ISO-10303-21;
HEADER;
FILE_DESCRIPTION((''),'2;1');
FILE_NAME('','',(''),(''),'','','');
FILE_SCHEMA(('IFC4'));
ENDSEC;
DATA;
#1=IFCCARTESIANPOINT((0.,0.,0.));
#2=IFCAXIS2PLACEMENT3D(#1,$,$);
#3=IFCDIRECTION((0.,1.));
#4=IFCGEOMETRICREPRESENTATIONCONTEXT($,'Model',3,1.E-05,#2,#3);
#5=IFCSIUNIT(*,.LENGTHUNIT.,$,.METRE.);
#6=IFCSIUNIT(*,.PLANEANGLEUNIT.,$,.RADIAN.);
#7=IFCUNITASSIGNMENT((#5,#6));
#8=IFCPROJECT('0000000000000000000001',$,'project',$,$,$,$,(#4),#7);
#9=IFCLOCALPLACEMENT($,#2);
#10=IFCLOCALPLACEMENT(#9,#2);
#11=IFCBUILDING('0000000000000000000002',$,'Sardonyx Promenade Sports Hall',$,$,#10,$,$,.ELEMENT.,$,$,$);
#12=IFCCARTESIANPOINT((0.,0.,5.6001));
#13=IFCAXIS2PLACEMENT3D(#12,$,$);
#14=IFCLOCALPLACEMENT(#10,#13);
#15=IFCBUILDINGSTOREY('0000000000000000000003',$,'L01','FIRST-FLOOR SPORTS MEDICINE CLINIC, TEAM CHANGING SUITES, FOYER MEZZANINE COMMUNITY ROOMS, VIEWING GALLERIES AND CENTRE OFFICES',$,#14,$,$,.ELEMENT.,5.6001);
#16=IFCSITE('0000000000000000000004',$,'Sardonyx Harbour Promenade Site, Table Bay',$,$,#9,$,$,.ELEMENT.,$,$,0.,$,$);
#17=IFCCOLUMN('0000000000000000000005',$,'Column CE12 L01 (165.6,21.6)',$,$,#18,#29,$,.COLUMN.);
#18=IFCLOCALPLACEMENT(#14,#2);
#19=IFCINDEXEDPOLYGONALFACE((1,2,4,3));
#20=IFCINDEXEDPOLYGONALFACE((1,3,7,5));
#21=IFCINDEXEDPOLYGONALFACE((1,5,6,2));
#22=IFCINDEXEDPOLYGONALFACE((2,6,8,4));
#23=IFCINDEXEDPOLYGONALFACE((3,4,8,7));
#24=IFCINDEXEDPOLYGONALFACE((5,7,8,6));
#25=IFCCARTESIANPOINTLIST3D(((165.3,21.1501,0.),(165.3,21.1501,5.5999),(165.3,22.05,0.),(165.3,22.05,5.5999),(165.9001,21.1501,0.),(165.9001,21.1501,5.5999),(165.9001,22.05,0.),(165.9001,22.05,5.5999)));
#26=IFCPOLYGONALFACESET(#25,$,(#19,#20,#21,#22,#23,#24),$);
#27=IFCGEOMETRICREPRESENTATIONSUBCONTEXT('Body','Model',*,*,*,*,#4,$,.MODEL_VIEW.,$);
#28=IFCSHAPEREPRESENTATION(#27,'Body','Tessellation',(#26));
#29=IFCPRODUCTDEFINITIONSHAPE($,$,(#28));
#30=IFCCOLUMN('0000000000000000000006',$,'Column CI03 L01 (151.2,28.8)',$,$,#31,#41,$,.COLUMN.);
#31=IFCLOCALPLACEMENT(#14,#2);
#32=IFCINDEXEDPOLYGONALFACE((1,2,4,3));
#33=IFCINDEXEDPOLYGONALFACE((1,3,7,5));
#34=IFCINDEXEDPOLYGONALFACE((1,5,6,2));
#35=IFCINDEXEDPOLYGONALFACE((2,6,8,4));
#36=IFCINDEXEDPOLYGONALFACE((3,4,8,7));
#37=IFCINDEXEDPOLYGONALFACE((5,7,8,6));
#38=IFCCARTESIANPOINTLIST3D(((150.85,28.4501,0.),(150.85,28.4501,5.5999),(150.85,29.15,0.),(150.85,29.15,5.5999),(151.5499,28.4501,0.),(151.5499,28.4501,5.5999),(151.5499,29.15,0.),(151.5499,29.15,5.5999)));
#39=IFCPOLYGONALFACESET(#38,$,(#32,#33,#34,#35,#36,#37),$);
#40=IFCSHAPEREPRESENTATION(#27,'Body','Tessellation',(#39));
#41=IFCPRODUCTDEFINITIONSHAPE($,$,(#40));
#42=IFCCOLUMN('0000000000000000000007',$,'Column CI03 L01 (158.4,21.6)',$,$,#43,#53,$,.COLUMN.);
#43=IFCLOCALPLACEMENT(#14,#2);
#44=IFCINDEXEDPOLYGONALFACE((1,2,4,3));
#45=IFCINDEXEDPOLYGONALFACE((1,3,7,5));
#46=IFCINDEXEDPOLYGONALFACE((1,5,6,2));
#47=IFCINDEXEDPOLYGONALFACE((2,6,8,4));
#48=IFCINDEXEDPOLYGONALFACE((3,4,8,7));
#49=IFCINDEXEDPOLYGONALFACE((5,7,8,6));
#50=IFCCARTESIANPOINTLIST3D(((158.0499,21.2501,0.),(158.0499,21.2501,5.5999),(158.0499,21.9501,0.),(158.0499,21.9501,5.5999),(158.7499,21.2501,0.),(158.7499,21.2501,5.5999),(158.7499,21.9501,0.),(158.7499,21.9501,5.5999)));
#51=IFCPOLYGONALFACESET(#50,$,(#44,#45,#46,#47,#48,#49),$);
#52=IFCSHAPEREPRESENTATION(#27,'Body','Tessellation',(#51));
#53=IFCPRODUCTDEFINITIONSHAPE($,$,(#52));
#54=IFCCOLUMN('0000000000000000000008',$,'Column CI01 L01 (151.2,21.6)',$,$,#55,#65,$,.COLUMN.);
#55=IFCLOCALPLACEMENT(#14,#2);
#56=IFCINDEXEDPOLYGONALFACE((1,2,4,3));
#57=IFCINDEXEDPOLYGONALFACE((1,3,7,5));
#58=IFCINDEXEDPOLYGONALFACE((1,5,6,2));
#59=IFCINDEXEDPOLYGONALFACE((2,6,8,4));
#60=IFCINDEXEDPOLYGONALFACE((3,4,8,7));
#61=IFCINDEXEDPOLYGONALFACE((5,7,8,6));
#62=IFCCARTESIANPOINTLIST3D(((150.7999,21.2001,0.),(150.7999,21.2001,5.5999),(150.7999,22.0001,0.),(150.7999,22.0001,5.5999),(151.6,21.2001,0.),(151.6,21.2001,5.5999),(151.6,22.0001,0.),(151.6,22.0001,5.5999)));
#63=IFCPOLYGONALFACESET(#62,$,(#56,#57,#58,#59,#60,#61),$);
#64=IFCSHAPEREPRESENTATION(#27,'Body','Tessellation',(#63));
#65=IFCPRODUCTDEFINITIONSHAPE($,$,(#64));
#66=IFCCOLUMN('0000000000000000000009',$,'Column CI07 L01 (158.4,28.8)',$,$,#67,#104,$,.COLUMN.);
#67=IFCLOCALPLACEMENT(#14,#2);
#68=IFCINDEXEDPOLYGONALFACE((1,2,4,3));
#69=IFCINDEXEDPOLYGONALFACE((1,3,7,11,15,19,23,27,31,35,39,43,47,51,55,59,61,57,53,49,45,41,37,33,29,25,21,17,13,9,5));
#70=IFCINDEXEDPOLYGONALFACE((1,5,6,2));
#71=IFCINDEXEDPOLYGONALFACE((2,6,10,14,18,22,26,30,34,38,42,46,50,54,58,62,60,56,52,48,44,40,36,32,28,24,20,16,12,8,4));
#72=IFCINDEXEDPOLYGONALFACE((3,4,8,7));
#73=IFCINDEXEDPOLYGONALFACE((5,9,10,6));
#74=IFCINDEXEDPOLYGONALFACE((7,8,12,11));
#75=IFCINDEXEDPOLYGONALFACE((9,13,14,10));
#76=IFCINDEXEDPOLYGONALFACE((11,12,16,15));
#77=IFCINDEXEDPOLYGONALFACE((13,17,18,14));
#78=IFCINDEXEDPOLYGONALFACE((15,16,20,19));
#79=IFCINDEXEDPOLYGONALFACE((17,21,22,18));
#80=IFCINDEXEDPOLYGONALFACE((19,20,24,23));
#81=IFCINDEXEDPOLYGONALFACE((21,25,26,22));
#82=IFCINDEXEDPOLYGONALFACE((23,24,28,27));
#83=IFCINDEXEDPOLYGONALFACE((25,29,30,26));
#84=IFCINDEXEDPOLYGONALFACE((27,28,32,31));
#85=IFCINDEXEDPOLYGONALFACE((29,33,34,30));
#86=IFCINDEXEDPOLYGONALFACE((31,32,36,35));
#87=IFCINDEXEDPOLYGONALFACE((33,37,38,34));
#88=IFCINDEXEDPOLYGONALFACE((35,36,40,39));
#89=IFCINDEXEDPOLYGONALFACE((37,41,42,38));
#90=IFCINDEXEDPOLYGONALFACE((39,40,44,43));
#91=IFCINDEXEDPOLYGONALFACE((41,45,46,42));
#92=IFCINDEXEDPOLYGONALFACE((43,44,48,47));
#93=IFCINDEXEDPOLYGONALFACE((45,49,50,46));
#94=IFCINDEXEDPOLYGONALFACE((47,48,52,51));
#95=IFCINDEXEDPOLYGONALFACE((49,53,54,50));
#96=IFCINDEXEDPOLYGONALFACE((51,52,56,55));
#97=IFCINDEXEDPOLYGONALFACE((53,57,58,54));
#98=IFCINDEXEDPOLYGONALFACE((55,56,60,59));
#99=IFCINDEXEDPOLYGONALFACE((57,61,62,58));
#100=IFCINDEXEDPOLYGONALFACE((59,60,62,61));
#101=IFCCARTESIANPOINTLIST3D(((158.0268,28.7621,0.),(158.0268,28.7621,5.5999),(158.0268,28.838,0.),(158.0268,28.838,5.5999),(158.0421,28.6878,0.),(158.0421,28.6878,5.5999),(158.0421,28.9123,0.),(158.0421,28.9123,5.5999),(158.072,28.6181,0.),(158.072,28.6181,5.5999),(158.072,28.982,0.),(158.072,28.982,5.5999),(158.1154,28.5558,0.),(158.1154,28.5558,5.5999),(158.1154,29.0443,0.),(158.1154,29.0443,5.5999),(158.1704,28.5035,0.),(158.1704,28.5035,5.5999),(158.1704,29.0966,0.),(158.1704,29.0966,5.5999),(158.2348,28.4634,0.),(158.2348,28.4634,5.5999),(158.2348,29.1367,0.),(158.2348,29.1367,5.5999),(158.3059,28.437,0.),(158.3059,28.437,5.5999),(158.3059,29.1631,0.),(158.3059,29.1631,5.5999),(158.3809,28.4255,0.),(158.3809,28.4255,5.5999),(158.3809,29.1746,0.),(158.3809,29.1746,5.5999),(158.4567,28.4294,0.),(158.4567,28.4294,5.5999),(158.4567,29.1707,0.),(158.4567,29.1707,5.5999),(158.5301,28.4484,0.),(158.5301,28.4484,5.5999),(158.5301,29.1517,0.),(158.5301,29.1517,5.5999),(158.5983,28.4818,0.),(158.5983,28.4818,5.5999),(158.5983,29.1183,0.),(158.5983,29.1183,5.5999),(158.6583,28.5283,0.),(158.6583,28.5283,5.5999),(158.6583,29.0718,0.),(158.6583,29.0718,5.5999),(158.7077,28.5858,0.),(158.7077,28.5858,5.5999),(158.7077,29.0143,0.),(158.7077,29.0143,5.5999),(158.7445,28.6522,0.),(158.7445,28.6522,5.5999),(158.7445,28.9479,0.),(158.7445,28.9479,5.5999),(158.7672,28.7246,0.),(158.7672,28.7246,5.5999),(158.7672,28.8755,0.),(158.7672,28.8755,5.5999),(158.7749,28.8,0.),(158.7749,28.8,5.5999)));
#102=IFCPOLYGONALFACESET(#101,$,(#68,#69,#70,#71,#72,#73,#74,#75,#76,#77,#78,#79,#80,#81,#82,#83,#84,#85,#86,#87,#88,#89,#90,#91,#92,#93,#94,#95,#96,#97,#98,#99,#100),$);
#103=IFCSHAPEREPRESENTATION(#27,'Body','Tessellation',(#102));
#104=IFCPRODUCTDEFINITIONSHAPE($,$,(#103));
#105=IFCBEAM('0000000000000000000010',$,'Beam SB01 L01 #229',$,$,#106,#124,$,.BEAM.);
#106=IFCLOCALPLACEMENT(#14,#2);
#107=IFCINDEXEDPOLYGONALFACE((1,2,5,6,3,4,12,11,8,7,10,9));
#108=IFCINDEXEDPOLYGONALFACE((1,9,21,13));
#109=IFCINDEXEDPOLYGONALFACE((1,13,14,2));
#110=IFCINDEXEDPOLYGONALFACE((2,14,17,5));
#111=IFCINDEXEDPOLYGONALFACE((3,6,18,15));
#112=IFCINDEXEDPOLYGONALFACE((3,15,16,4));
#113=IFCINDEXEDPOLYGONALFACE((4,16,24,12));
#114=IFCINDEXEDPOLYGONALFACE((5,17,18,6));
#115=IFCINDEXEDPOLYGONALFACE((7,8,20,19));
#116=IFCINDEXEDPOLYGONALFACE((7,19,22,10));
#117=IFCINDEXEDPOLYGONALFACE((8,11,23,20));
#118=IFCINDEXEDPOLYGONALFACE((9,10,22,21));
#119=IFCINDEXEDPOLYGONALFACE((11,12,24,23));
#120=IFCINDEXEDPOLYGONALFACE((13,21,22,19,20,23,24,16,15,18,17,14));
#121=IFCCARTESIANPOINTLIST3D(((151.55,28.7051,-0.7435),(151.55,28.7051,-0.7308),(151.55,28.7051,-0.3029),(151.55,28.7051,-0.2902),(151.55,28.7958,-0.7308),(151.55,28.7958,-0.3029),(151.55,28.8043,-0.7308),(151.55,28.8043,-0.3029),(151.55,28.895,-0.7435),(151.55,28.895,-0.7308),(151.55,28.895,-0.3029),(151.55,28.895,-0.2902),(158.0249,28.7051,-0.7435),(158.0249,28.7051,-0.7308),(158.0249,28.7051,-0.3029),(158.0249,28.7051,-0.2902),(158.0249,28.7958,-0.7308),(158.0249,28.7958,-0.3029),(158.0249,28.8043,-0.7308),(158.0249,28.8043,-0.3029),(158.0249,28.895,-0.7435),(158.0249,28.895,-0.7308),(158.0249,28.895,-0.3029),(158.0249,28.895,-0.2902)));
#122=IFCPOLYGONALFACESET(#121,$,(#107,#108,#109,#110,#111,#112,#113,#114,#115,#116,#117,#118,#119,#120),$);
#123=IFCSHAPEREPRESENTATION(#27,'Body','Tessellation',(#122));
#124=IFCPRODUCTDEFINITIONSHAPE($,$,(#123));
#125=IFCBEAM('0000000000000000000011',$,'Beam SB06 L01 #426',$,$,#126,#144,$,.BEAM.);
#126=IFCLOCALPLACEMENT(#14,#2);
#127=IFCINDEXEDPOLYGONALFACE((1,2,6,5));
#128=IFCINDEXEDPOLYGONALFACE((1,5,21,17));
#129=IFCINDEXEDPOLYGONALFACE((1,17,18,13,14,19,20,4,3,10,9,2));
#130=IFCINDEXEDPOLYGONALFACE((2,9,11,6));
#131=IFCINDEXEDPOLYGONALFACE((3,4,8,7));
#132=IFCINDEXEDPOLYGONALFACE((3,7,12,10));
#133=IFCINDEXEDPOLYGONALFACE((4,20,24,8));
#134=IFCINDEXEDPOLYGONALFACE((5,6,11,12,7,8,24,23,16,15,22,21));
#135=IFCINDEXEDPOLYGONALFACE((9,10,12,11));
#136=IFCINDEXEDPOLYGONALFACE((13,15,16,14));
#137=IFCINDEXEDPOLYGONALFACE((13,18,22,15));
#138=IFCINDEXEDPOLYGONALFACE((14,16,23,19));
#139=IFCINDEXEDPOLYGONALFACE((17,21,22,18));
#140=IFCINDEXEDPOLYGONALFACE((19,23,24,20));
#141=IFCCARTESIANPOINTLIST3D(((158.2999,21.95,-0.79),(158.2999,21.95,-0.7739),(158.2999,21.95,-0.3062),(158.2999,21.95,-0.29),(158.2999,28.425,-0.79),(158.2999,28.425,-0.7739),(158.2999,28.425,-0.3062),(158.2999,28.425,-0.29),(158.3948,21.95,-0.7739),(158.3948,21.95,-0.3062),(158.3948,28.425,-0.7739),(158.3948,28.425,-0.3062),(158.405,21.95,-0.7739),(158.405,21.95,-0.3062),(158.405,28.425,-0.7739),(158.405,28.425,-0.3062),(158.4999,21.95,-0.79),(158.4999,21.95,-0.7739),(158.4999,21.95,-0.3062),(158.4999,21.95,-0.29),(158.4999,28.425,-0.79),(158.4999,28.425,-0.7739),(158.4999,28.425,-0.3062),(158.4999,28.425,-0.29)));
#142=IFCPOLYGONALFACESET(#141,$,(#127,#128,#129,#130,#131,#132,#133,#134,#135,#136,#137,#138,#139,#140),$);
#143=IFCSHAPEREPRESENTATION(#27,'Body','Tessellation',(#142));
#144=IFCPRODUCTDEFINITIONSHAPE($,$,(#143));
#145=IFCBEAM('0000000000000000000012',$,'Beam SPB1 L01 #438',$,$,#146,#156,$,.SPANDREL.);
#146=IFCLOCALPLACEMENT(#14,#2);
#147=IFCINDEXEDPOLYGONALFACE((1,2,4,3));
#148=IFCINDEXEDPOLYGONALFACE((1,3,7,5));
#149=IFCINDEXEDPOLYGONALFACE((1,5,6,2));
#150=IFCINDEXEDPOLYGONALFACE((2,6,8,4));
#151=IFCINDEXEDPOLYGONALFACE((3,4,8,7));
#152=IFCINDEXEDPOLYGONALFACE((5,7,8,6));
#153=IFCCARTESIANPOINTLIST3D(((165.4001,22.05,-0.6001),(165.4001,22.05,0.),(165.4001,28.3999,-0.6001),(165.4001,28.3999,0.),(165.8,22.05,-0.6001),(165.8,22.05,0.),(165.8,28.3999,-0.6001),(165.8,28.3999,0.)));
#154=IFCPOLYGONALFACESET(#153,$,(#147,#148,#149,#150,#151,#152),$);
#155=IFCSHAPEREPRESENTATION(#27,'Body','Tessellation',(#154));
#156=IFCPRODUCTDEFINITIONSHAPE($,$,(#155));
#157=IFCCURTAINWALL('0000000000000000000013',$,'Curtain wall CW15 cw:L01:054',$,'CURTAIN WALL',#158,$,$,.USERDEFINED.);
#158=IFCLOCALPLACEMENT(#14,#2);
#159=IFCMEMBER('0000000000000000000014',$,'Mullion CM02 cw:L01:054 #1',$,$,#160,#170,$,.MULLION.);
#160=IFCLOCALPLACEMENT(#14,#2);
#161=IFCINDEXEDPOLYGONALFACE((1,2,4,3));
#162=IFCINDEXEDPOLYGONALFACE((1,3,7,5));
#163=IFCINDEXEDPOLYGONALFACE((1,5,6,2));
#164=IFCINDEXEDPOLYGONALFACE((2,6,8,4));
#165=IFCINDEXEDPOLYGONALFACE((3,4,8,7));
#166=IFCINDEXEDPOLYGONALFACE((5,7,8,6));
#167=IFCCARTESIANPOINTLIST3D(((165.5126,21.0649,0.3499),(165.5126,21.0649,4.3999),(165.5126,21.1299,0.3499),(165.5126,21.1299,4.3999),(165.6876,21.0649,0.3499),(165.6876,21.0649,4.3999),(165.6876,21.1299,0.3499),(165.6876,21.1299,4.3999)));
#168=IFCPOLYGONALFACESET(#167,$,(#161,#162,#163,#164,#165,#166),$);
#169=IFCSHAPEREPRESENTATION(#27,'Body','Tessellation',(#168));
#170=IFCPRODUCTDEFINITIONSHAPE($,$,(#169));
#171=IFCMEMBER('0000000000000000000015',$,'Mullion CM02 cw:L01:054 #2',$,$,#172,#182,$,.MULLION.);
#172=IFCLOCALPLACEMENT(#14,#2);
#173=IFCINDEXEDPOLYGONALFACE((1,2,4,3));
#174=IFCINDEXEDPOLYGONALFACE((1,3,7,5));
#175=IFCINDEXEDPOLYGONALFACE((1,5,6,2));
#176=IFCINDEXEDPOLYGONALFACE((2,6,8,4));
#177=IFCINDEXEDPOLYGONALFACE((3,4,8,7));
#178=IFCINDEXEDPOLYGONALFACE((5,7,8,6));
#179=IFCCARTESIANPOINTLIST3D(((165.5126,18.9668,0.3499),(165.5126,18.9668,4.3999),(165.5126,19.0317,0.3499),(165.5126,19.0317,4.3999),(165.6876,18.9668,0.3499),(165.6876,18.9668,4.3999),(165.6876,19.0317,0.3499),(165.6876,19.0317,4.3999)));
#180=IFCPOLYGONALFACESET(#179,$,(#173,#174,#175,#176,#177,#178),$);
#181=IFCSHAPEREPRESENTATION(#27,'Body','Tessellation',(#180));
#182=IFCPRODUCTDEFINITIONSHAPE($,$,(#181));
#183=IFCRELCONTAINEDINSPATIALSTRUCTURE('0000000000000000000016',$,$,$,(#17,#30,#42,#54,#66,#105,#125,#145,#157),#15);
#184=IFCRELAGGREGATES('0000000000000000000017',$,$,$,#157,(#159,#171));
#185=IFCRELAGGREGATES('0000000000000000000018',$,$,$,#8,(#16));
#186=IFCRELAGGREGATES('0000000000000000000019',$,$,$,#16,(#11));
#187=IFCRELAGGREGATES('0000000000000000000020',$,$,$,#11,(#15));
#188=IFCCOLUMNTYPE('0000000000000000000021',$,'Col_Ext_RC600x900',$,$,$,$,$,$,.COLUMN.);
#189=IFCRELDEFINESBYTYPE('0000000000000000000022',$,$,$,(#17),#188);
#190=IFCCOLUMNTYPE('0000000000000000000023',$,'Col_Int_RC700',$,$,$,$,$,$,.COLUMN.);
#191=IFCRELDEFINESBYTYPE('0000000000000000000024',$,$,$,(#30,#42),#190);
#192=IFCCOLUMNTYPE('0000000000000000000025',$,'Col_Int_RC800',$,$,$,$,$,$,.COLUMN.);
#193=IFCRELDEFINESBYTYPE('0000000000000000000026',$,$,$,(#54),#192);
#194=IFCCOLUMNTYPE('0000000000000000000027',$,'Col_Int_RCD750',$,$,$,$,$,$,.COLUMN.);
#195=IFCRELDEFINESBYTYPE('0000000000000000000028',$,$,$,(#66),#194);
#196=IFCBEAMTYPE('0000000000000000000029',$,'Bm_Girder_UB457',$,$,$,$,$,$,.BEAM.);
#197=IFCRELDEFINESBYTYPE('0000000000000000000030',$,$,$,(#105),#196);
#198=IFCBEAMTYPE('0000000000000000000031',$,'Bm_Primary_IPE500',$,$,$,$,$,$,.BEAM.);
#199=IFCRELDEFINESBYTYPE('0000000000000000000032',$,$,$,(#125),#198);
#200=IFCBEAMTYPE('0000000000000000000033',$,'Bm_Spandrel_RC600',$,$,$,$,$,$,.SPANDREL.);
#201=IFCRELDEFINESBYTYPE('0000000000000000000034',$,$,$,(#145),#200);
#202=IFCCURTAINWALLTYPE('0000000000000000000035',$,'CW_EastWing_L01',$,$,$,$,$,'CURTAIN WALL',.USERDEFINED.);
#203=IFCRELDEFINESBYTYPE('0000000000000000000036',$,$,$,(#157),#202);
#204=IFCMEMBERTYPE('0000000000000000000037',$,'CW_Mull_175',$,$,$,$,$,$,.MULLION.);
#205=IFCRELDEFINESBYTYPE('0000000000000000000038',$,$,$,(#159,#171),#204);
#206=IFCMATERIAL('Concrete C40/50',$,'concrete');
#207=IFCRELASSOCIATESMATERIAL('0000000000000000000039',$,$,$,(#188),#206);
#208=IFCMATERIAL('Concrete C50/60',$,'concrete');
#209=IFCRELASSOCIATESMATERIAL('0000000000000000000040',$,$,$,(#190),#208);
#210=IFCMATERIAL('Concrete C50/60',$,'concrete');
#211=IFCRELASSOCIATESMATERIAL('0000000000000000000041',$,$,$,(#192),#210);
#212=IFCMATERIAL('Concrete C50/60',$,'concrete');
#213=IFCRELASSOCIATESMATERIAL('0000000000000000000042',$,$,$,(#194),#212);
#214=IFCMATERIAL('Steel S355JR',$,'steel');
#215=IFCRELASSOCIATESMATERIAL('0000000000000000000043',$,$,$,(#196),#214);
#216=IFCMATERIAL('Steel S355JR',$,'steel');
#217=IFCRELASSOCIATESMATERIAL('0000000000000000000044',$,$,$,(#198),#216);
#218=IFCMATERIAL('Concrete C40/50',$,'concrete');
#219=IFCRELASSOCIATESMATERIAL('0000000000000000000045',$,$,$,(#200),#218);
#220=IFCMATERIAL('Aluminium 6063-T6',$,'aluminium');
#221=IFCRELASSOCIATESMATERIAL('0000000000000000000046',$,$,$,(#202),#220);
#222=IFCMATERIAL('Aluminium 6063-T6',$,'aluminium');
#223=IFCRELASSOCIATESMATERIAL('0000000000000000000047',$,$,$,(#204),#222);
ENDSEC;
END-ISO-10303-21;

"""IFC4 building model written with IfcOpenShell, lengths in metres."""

from ifc_helpers import new_model, si_unit, direction, frame, origin, origin_2d, place, context, subcontext, project, spatial, rectangle, circle, i_section, extrude, material, material_profile, profile_set, type_object, element, aggregate, save


model = new_model("IFC4")

# Units and contexts
model_context = context("Model", 3, precision=1e-05, world=origin(), true_north=direction((0.0, 1.0)))
body_context = subcontext(model_context, "Body", "Model", "MODEL_VIEW")
ifc_project = project(units=[si_unit("LENGTHUNIT", "METRE"), si_unit("PLANEANGLEUNIT", "RADIAN")], contexts=[model_context])

# Site, building, storey
site_placement = place(None, origin())
site = spatial("IfcSite", under=ifc_project, at=site_placement, Name="Sardonyx Harbour Promenade Site, Table Bay", CompositionType="ELEMENT", RefElevation=0.0)
building_placement = place(site_placement, origin())
building = spatial("IfcBuilding", under=site, at=building_placement, Name="Sardonyx Promenade Sports Hall", CompositionType="ELEMENT")
storey_placement = place(building_placement, frame((0.0, 0.0, 5.6001)))
storey = spatial("IfcBuildingStorey", under=building, at=storey_placement, Name="L01", Description="FIRST-FLOOR SPORTS MEDICINE CLINIC, TEAM CHANGING SUITES, FOYER MEZZANINE COMMUNITY ROOMS, VIEWING GALLERIES AND CENTRE OFFICES", CompositionType="ELEMENT", Elevation=5.6001)

# Columns
ifc_material_1 = material(Name="Concrete C40/50", Category="concrete")
ifc_material_profile_1 = material_profile(ifc_material_1, rectangle(XDim=0.6001, YDim=0.8999, at=origin_2d()))
ifc_profile_set_1 = profile_set([ifc_material_profile_1], Name="Concrete C40/50")
column_type_1 = type_object("IfcColumnType", Name="Col_Ext_RC600x900", PredefinedType="COLUMN", material=ifc_profile_set_1)
column_1_placement = place(storey_placement, frame((165.6001, 21.6001, 0.0), z_axis=(0.0, 0.0, 1.0), x_axis=(1.0, 0.0, 0.0)))
element("IfcColumn", 1, at=column_1_placement, inside=storey, type_object=column_type_1, Name="Column CE12 L01 (165.6,21.6)", PredefinedType="COLUMN", context=body_context, shape_type="SweptSolid", body=[
    extrude(rectangle(XDim=0.6001, YDim=0.8999, at=origin_2d()), origin(), (0.0, 0.0, 1.0), 5.5999),
])
ifc_material_2 = material(Name="Concrete C50/60", Category="concrete")
ifc_material_profile_2 = material_profile(ifc_material_2, rectangle(XDim=0.7, YDim=0.7, at=origin_2d()))
ifc_profile_set_2 = profile_set([ifc_material_profile_2], Name="Concrete C50/60")
column_type_2 = type_object("IfcColumnType", Name="Col_Int_RC700", PredefinedType="COLUMN", material=ifc_profile_set_2)
for number, where, z_axis, x_axis, name in (
    (2, (151.2, 28.8, 0.0), (0.0, 0.0, 1.0), (1.0, 0.0, 0.0), "Column CI03 L01 (151.2,28.8)"),
    (3, (158.3999, 21.6001, 0.0), (0.0, 0.0, 1.0), (1.0, 0.0, 0.0), "Column CI03 L01 (158.4,21.6)"),
):
    element("IfcColumn", number, at=place(storey_placement, frame(where, z_axis=z_axis, x_axis=x_axis)), inside=storey, type_object=column_type_2, Name=name, PredefinedType="COLUMN", context=body_context, shape_type="SweptSolid", body=[
        extrude(rectangle(XDim=0.7, YDim=0.7, at=origin_2d()), origin(), (0.0, 0.0, 1.0), 5.5999),
    ])
ifc_material_3 = material(Name="Concrete C50/60", Category="concrete")
ifc_material_profile_3 = material_profile(ifc_material_3, rectangle(XDim=0.8, YDim=0.8, at=origin_2d()))
ifc_profile_set_3 = profile_set([ifc_material_profile_3], Name="Concrete C50/60")
column_type_3 = type_object("IfcColumnType", Name="Col_Int_RC800", PredefinedType="COLUMN", material=ifc_profile_set_3)
column_2_placement = place(storey_placement, frame((151.2, 21.6001, 0.0), z_axis=(0.0, 0.0, 1.0), x_axis=(1.0, 0.0, 0.0)))
element("IfcColumn", 4, at=column_2_placement, inside=storey, type_object=column_type_3, Name="Column CI01 L01 (151.2,21.6)", PredefinedType="COLUMN", context=body_context, shape_type="SweptSolid", body=[
    extrude(rectangle(XDim=0.8, YDim=0.8, at=origin_2d()), origin(), (0.0, 0.0, 1.0), 5.5999),
])
ifc_material_4 = material(Name="Concrete C50/60", Category="concrete")
ifc_material_profile_4 = material_profile(ifc_material_4, circle(Radius=0.375, at=origin_2d()))
ifc_profile_set_4 = profile_set([ifc_material_profile_4], Name="Concrete C50/60")
column_type_4 = type_object("IfcColumnType", Name="Col_Int_RCD750", PredefinedType="COLUMN", material=ifc_profile_set_4)
column_3_placement = place(storey_placement, frame((158.3999, 28.8, 0.0), z_axis=(0.0, 0.0, 1.0), x_axis=(1.0, 0.0, 0.0)))
element("IfcColumn", 5, at=column_3_placement, inside=storey, type_object=column_type_4, Name="Column CI07 L01 (158.4,28.8)", PredefinedType="COLUMN", context=body_context, shape_type="SweptSolid", body=[
    extrude(circle(Radius=0.375, at=origin_2d()), origin(), (0.0, 0.0, 1.0), 5.5999),
])

# Beams
ifc_material_5 = material(Name="Steel S355JR", Category="steel")
ifc_material_profile_5 = material_profile(ifc_material_5, i_section(OverallWidth=0.1899, OverallDepth=0.4534, WebThickness=0.0085, FlangeThickness=0.0127, at=origin_2d()))
ifc_profile_set_5 = profile_set([ifc_material_profile_5], Name="Steel S355JR")
beam_type_1 = type_object("IfcBeamType", Name="Bm_Girder_UB457", PredefinedType="BEAM", material=ifc_profile_set_5)
beam_1_placement = place(storey_placement, frame((151.55, 28.8, -0.5168), z_axis=(1.0, 0.0, 0.0), x_axis=(0.0, 1.0, 0.0)))
element("IfcBeam", 6, at=beam_1_placement, inside=storey, type_object=beam_type_1, Name="Beam SB01 L01 #229", PredefinedType="BEAM", context=body_context, shape_type="SweptSolid", body=[
    extrude(i_section(OverallWidth=0.1899, OverallDepth=0.4534, WebThickness=0.0085, FlangeThickness=0.0127, at=origin_2d()), origin(), (0.0, 0.0, 1.0), 6.4749),
])
ifc_material_6 = material(Name="Steel S355JR", Category="steel")
ifc_material_profile_6 = material_profile(ifc_material_6, i_section(OverallWidth=0.2, OverallDepth=0.5, WebThickness=0.0103, FlangeThickness=0.0161, at=origin_2d()))
ifc_profile_set_6 = profile_set([ifc_material_profile_6], Name="Steel S355JR")
beam_type_2 = type_object("IfcBeamType", Name="Bm_Primary_IPE500", PredefinedType="BEAM", material=ifc_profile_set_6)
beam_2_placement = place(storey_placement, frame((158.3999, 21.95, -0.54), z_axis=(0.0, 1.0, 0.0), x_axis=(-1.0, 0.0, 0.0)))
element("IfcBeam", 7, at=beam_2_placement, inside=storey, type_object=beam_type_2, Name="Beam SB06 L01 #426", PredefinedType="BEAM", context=body_context, shape_type="SweptSolid", body=[
    extrude(i_section(OverallWidth=0.2, OverallDepth=0.5, WebThickness=0.0103, FlangeThickness=0.0161, at=origin_2d()), origin(), (0.0, 0.0, 1.0), 6.4751),
])
ifc_material_7 = material(Name="Concrete C40/50", Category="concrete")
ifc_material_profile_7 = material_profile(ifc_material_7, rectangle(XDim=0.3999, YDim=0.6001, at=origin_2d()))
ifc_profile_set_7 = profile_set([ifc_material_profile_7], Name="Concrete C40/50")
beam_type_3 = type_object("IfcBeamType", Name="Bm_Spandrel_RC600", PredefinedType="SPANDREL", material=ifc_profile_set_7)
beam_3_placement = place(storey_placement, frame((165.6001, 22.05, -0.3), z_axis=(0.0, 1.0, 0.0), x_axis=(-1.0, 0.0, 0.0)))
element("IfcBeam", 8, at=beam_3_placement, inside=storey, type_object=beam_type_3, Name="Beam SPB1 L01 #438", PredefinedType="SPANDREL", context=body_context, shape_type="SweptSolid", body=[
    extrude(rectangle(XDim=0.3999, YDim=0.6001, at=origin_2d()), origin(), (0.0, 0.0, 1.0), 6.3499),
])

# Curtain wall, members
ifc_material_8 = material(Name="Aluminium 6063-T6", Category="aluminium")
curtain_wall_type = type_object("IfcCurtainWallType", Name="CW_EastWing_L01", ElementType="CURTAIN WALL", PredefinedType="USERDEFINED", material=ifc_material_8)
curtain_wall_placement = place(storey_placement, origin())
curtain_wall = element("IfcCurtainWall", 9, at=curtain_wall_placement, inside=storey, type_object=curtain_wall_type, Name="Curtain wall CW15 cw:L01:054", ObjectType="CURTAIN WALL", PredefinedType="USERDEFINED")
ifc_material_9 = material(Name="Aluminium 6063-T6", Category="aluminium")
ifc_material_profile_8 = material_profile(ifc_material_9, rectangle(XDim=0.0649, YDim=0.175, at=origin_2d()))
ifc_profile_set_8 = profile_set([ifc_material_profile_8], Name="Aluminium 6063-T6")
member_type_1 = type_object("IfcMemberType", Name="CW_Mull_175", PredefinedType="MULLION", material=ifc_profile_set_8)
member_1_placement = place(storey_placement, frame((165.6001, 21.0974, 0.3499), z_axis=(0.0, 0.0, 1.0), x_axis=(0.0, -1.0, 0.0)))
member_1 = element("IfcMember", 10, at=member_1_placement, type_object=member_type_1, Name="Mullion CM02 cw:L01:054 #1", PredefinedType="MULLION", context=body_context, shape_type="SweptSolid", body=[
    extrude(rectangle(XDim=0.0649, YDim=0.175, at=origin_2d()), origin(), (0.0, 0.0, 1.0), 4.05),
])
member_2_placement = place(storey_placement, frame((165.6001, 18.9993, 0.3499), z_axis=(0.0, 0.0, 1.0), x_axis=(0.0, -1.0, 0.0)))
member_2 = element("IfcMember", 11, at=member_2_placement, type_object=member_type_1, Name="Mullion CM02 cw:L01:054 #2", PredefinedType="MULLION", context=body_context, shape_type="SweptSolid", body=[
    extrude(rectangle(XDim=0.0649, YDim=0.175, at=origin_2d()), origin(), (0.0, 0.0, 1.0), 4.05),
])
aggregate(curtain_wall, [member_1, member_2])

save(model, "model.ifc")
